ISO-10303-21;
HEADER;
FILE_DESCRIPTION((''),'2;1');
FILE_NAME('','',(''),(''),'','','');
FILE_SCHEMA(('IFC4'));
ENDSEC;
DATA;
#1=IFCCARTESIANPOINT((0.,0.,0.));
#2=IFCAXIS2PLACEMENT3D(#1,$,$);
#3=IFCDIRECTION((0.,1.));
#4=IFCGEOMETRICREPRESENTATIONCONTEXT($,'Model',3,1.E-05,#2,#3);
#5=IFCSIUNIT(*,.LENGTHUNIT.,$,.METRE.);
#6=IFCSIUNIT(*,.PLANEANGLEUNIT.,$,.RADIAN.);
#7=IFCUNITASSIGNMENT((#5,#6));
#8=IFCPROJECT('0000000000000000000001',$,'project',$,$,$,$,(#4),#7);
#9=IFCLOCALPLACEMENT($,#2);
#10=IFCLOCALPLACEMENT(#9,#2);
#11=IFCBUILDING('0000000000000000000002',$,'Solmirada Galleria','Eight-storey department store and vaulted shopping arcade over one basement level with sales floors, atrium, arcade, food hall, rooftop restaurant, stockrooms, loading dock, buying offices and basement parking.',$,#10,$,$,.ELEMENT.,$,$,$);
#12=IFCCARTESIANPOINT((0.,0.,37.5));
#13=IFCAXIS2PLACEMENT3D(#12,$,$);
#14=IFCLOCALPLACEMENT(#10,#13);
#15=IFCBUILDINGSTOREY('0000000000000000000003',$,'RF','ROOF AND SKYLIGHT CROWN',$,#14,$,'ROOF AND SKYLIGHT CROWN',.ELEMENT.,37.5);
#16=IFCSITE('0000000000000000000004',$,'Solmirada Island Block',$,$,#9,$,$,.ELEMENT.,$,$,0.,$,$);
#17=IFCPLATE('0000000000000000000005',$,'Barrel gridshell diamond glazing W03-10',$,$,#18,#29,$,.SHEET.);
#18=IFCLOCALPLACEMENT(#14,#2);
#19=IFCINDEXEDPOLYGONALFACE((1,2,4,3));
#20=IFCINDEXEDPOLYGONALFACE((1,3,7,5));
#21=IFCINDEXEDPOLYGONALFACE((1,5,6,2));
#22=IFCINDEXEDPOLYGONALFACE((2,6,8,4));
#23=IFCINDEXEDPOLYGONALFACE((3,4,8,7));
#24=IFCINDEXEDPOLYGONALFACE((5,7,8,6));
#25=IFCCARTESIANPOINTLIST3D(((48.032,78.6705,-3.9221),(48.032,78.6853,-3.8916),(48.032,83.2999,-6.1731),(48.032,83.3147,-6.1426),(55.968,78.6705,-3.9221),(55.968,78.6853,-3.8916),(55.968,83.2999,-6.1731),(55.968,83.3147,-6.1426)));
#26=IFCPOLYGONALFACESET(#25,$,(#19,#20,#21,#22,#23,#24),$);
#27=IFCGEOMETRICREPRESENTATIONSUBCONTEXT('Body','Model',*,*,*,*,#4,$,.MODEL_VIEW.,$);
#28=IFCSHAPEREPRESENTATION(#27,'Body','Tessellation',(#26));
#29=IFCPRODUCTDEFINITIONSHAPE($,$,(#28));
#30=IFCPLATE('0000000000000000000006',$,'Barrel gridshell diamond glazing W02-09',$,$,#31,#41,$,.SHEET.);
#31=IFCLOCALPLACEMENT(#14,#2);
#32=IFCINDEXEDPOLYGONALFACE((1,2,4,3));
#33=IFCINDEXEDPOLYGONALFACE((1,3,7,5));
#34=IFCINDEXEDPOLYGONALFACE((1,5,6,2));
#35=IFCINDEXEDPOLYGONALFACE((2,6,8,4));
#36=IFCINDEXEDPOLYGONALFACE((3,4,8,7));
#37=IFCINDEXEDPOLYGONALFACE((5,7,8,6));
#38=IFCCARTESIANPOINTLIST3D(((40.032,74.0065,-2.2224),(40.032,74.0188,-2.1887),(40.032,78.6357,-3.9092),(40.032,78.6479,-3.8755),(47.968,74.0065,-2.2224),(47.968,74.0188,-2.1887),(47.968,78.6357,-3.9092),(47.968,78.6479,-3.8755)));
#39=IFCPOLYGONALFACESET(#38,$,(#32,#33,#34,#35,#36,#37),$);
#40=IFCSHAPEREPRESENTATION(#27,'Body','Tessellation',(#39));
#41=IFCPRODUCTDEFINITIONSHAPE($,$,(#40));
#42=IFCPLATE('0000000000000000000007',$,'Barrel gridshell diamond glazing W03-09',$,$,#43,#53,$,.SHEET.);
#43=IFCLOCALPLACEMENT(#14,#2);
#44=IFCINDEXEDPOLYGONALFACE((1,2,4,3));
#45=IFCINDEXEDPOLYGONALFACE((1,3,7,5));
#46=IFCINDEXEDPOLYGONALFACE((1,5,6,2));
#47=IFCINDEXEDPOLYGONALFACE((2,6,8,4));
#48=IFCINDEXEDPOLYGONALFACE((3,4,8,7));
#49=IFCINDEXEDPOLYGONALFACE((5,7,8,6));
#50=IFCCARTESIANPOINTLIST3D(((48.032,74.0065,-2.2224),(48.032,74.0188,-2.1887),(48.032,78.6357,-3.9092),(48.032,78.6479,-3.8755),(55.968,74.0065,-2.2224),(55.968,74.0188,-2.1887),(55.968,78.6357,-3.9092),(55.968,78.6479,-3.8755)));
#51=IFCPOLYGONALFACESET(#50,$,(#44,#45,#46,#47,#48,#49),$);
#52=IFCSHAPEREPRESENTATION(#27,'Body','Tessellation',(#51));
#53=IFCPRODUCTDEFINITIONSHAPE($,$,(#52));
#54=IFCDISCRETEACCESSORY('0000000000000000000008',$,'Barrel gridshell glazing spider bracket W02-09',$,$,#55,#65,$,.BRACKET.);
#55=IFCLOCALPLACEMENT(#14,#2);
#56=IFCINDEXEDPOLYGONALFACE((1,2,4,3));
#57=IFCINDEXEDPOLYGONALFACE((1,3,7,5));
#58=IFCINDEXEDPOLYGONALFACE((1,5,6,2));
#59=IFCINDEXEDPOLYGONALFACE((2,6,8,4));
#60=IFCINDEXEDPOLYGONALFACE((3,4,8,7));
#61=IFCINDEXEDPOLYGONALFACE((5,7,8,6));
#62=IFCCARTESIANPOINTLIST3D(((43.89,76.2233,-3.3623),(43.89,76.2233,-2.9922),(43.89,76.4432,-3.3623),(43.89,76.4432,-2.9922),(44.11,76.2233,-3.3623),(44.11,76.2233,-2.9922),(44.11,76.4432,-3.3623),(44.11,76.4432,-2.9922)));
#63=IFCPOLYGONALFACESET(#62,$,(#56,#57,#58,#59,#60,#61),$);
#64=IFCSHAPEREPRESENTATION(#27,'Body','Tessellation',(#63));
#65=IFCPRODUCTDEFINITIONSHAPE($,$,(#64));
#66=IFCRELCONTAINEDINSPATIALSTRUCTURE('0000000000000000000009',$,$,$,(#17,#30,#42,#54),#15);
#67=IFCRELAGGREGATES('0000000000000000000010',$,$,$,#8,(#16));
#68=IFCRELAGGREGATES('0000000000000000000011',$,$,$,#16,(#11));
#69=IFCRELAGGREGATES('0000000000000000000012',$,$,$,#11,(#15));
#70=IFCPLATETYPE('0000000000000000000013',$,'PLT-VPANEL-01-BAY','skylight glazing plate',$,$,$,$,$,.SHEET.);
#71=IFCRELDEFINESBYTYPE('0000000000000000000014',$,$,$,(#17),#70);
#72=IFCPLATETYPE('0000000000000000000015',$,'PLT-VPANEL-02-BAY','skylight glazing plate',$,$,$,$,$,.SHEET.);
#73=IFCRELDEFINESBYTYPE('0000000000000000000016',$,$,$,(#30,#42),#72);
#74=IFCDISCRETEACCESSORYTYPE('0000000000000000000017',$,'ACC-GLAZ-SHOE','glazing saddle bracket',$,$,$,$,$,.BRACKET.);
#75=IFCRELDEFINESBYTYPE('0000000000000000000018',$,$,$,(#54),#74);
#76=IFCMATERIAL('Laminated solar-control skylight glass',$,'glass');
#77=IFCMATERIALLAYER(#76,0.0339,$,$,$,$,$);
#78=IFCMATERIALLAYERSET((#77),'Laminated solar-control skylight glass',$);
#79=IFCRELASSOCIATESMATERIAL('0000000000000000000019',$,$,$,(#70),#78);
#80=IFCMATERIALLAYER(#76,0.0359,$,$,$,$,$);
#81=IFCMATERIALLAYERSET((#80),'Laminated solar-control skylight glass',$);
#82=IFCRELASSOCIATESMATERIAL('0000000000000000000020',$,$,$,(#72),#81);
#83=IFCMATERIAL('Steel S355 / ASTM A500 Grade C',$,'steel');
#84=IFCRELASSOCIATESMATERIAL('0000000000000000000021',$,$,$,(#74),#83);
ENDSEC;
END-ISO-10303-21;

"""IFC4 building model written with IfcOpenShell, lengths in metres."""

from ifc_helpers import new_model, si_unit, direction, frame, origin, origin_2d, place, context, subcontext, project, spatial, polyline, rectangle, outline, extrude, material, layer, layer_set, type_object, element, save


model = new_model("IFC4")

# Units and contexts
model_context = context("Model", 3, precision=1e-05, world=origin(), true_north=direction((0.0, 1.0)))
body_context = subcontext(model_context, "Body", "Model", "MODEL_VIEW")
ifc_project = project(units=[si_unit("LENGTHUNIT", "METRE"), si_unit("PLANEANGLEUNIT", "RADIAN")], contexts=[model_context])

# Site, building, storey
site_placement = place(None, origin())
site = spatial("IfcSite", under=ifc_project, at=site_placement, Name="Solmirada Island Block", CompositionType="ELEMENT", RefElevation=0.0)
building_placement = place(site_placement, origin())
building = spatial("IfcBuilding", under=site, at=building_placement, Name="Solmirada Galleria", Description="Eight-storey department store and vaulted shopping arcade over one basement level with sales floors, atrium, arcade, food hall, rooftop restaurant, stockrooms, loading dock, buying offices and basement parking.", CompositionType="ELEMENT")
storey_placement = place(building_placement, frame((0.0, 0.0, 37.5)))
storey = spatial("IfcBuildingStorey", under=building, at=storey_placement, Name="RF", Description="ROOF AND SKYLIGHT CROWN", LongName="ROOF AND SKYLIGHT CROWN", CompositionType="ELEMENT", Elevation=37.5)

# Shared definitions
ifc_material_1 = material(Name="Steel S355 / ASTM A500 Grade C", Category="steel")

# Plates
ifc_material_2 = material(Name="Laminated solar-control skylight glass", Category="glass")
ifc_layer_1 = layer(ifc_material_2, 0.0339)
ifc_layer_set_1 = layer_set([ifc_layer_1], Name="Laminated solar-control skylight glass")
plate_type_1 = type_object("IfcPlateType", Name="PLT-VPANEL-01-BAY", Description="skylight glazing plate", PredefinedType="SHEET", material=ifc_layer_set_1)
for number, where, z_axis, x_axis, name in (
    (1, (48.032, 78.6853, -3.8916), (0.0, 0.437283, 0.899324), (1.0, 0.0, 0.0), "Barrel gridshell diamond glazing W03-10"),
):
    element("IfcPlate", number, at=place(storey_placement, frame(where, z_axis=z_axis, x_axis=x_axis)), inside=storey, type_object=plate_type_1, Name=name, PredefinedType="SHEET", context=body_context, shape_type="SweptSolid", body=[
        extrude(outline(polyline([(0.0, 0.0), (7.936, 0.0), (7.936, 5.1476), (0.0, 5.1476), (0.0, 0.0)])), origin(), (0.0, 0.0, -1.0), 0.0339),
    ])
ifc_layer_2 = layer(ifc_material_2, 0.0359)
ifc_layer_set_2 = layer_set([ifc_layer_2], Name="Laminated solar-control skylight glass")
plate_type_2 = type_object("IfcPlateType", Name="PLT-VPANEL-02-BAY", Description="skylight glazing plate", PredefinedType="SHEET", material=ifc_layer_set_2)
for number, where, z_axis, x_axis, name in (
    (2, (40.032, 74.0188, -2.1887), (0.0, 0.34236, 0.939569), (1.0, 0.0, 0.0), "Barrel gridshell diamond glazing W02-09"),
    (3, (48.032, 74.0188, -2.1887), (0.0, 0.34236, 0.939569), (1.0, 0.0, 0.0), "Barrel gridshell diamond glazing W03-09"),
):
    element("IfcPlate", number, at=place(storey_placement, frame(where, z_axis=z_axis, x_axis=x_axis)), inside=storey, type_object=plate_type_2, Name=name, PredefinedType="SHEET", context=body_context, shape_type="SweptSolid", body=[
        extrude(outline(polyline([(0.0, 0.0), (7.936, 0.0), (7.936, 4.9269), (0.0, 4.9269), (0.0, 0.0)])), origin(), (0.0, 0.0, -1.0), 0.0359),
    ])

# Discrete accessory
discrete_accessory_type = type_object("IfcDiscreteAccessoryType", Name="ACC-GLAZ-SHOE", Description="glazing saddle bracket", PredefinedType="BRACKET", material=ifc_material_1)
discrete_accessory_placement = place(storey_placement, frame((44.0, 76.3333, -3.3623), z_axis=(0.0, 0.0, 1.0), x_axis=(1.0, 0.0, 0.0)))
element("IfcDiscreteAccessory", 4, at=discrete_accessory_placement, inside=storey, type_object=discrete_accessory_type, Name="Barrel gridshell glazing spider bracket W02-09", PredefinedType="BRACKET", context=body_context, shape_type="SweptSolid", body=[
    extrude(rectangle(XDim=0.22, YDim=0.22, at=origin_2d()), origin(), (0.0, 0.0, 1.0), 0.3701),
])

save(model, "model.ifc")
